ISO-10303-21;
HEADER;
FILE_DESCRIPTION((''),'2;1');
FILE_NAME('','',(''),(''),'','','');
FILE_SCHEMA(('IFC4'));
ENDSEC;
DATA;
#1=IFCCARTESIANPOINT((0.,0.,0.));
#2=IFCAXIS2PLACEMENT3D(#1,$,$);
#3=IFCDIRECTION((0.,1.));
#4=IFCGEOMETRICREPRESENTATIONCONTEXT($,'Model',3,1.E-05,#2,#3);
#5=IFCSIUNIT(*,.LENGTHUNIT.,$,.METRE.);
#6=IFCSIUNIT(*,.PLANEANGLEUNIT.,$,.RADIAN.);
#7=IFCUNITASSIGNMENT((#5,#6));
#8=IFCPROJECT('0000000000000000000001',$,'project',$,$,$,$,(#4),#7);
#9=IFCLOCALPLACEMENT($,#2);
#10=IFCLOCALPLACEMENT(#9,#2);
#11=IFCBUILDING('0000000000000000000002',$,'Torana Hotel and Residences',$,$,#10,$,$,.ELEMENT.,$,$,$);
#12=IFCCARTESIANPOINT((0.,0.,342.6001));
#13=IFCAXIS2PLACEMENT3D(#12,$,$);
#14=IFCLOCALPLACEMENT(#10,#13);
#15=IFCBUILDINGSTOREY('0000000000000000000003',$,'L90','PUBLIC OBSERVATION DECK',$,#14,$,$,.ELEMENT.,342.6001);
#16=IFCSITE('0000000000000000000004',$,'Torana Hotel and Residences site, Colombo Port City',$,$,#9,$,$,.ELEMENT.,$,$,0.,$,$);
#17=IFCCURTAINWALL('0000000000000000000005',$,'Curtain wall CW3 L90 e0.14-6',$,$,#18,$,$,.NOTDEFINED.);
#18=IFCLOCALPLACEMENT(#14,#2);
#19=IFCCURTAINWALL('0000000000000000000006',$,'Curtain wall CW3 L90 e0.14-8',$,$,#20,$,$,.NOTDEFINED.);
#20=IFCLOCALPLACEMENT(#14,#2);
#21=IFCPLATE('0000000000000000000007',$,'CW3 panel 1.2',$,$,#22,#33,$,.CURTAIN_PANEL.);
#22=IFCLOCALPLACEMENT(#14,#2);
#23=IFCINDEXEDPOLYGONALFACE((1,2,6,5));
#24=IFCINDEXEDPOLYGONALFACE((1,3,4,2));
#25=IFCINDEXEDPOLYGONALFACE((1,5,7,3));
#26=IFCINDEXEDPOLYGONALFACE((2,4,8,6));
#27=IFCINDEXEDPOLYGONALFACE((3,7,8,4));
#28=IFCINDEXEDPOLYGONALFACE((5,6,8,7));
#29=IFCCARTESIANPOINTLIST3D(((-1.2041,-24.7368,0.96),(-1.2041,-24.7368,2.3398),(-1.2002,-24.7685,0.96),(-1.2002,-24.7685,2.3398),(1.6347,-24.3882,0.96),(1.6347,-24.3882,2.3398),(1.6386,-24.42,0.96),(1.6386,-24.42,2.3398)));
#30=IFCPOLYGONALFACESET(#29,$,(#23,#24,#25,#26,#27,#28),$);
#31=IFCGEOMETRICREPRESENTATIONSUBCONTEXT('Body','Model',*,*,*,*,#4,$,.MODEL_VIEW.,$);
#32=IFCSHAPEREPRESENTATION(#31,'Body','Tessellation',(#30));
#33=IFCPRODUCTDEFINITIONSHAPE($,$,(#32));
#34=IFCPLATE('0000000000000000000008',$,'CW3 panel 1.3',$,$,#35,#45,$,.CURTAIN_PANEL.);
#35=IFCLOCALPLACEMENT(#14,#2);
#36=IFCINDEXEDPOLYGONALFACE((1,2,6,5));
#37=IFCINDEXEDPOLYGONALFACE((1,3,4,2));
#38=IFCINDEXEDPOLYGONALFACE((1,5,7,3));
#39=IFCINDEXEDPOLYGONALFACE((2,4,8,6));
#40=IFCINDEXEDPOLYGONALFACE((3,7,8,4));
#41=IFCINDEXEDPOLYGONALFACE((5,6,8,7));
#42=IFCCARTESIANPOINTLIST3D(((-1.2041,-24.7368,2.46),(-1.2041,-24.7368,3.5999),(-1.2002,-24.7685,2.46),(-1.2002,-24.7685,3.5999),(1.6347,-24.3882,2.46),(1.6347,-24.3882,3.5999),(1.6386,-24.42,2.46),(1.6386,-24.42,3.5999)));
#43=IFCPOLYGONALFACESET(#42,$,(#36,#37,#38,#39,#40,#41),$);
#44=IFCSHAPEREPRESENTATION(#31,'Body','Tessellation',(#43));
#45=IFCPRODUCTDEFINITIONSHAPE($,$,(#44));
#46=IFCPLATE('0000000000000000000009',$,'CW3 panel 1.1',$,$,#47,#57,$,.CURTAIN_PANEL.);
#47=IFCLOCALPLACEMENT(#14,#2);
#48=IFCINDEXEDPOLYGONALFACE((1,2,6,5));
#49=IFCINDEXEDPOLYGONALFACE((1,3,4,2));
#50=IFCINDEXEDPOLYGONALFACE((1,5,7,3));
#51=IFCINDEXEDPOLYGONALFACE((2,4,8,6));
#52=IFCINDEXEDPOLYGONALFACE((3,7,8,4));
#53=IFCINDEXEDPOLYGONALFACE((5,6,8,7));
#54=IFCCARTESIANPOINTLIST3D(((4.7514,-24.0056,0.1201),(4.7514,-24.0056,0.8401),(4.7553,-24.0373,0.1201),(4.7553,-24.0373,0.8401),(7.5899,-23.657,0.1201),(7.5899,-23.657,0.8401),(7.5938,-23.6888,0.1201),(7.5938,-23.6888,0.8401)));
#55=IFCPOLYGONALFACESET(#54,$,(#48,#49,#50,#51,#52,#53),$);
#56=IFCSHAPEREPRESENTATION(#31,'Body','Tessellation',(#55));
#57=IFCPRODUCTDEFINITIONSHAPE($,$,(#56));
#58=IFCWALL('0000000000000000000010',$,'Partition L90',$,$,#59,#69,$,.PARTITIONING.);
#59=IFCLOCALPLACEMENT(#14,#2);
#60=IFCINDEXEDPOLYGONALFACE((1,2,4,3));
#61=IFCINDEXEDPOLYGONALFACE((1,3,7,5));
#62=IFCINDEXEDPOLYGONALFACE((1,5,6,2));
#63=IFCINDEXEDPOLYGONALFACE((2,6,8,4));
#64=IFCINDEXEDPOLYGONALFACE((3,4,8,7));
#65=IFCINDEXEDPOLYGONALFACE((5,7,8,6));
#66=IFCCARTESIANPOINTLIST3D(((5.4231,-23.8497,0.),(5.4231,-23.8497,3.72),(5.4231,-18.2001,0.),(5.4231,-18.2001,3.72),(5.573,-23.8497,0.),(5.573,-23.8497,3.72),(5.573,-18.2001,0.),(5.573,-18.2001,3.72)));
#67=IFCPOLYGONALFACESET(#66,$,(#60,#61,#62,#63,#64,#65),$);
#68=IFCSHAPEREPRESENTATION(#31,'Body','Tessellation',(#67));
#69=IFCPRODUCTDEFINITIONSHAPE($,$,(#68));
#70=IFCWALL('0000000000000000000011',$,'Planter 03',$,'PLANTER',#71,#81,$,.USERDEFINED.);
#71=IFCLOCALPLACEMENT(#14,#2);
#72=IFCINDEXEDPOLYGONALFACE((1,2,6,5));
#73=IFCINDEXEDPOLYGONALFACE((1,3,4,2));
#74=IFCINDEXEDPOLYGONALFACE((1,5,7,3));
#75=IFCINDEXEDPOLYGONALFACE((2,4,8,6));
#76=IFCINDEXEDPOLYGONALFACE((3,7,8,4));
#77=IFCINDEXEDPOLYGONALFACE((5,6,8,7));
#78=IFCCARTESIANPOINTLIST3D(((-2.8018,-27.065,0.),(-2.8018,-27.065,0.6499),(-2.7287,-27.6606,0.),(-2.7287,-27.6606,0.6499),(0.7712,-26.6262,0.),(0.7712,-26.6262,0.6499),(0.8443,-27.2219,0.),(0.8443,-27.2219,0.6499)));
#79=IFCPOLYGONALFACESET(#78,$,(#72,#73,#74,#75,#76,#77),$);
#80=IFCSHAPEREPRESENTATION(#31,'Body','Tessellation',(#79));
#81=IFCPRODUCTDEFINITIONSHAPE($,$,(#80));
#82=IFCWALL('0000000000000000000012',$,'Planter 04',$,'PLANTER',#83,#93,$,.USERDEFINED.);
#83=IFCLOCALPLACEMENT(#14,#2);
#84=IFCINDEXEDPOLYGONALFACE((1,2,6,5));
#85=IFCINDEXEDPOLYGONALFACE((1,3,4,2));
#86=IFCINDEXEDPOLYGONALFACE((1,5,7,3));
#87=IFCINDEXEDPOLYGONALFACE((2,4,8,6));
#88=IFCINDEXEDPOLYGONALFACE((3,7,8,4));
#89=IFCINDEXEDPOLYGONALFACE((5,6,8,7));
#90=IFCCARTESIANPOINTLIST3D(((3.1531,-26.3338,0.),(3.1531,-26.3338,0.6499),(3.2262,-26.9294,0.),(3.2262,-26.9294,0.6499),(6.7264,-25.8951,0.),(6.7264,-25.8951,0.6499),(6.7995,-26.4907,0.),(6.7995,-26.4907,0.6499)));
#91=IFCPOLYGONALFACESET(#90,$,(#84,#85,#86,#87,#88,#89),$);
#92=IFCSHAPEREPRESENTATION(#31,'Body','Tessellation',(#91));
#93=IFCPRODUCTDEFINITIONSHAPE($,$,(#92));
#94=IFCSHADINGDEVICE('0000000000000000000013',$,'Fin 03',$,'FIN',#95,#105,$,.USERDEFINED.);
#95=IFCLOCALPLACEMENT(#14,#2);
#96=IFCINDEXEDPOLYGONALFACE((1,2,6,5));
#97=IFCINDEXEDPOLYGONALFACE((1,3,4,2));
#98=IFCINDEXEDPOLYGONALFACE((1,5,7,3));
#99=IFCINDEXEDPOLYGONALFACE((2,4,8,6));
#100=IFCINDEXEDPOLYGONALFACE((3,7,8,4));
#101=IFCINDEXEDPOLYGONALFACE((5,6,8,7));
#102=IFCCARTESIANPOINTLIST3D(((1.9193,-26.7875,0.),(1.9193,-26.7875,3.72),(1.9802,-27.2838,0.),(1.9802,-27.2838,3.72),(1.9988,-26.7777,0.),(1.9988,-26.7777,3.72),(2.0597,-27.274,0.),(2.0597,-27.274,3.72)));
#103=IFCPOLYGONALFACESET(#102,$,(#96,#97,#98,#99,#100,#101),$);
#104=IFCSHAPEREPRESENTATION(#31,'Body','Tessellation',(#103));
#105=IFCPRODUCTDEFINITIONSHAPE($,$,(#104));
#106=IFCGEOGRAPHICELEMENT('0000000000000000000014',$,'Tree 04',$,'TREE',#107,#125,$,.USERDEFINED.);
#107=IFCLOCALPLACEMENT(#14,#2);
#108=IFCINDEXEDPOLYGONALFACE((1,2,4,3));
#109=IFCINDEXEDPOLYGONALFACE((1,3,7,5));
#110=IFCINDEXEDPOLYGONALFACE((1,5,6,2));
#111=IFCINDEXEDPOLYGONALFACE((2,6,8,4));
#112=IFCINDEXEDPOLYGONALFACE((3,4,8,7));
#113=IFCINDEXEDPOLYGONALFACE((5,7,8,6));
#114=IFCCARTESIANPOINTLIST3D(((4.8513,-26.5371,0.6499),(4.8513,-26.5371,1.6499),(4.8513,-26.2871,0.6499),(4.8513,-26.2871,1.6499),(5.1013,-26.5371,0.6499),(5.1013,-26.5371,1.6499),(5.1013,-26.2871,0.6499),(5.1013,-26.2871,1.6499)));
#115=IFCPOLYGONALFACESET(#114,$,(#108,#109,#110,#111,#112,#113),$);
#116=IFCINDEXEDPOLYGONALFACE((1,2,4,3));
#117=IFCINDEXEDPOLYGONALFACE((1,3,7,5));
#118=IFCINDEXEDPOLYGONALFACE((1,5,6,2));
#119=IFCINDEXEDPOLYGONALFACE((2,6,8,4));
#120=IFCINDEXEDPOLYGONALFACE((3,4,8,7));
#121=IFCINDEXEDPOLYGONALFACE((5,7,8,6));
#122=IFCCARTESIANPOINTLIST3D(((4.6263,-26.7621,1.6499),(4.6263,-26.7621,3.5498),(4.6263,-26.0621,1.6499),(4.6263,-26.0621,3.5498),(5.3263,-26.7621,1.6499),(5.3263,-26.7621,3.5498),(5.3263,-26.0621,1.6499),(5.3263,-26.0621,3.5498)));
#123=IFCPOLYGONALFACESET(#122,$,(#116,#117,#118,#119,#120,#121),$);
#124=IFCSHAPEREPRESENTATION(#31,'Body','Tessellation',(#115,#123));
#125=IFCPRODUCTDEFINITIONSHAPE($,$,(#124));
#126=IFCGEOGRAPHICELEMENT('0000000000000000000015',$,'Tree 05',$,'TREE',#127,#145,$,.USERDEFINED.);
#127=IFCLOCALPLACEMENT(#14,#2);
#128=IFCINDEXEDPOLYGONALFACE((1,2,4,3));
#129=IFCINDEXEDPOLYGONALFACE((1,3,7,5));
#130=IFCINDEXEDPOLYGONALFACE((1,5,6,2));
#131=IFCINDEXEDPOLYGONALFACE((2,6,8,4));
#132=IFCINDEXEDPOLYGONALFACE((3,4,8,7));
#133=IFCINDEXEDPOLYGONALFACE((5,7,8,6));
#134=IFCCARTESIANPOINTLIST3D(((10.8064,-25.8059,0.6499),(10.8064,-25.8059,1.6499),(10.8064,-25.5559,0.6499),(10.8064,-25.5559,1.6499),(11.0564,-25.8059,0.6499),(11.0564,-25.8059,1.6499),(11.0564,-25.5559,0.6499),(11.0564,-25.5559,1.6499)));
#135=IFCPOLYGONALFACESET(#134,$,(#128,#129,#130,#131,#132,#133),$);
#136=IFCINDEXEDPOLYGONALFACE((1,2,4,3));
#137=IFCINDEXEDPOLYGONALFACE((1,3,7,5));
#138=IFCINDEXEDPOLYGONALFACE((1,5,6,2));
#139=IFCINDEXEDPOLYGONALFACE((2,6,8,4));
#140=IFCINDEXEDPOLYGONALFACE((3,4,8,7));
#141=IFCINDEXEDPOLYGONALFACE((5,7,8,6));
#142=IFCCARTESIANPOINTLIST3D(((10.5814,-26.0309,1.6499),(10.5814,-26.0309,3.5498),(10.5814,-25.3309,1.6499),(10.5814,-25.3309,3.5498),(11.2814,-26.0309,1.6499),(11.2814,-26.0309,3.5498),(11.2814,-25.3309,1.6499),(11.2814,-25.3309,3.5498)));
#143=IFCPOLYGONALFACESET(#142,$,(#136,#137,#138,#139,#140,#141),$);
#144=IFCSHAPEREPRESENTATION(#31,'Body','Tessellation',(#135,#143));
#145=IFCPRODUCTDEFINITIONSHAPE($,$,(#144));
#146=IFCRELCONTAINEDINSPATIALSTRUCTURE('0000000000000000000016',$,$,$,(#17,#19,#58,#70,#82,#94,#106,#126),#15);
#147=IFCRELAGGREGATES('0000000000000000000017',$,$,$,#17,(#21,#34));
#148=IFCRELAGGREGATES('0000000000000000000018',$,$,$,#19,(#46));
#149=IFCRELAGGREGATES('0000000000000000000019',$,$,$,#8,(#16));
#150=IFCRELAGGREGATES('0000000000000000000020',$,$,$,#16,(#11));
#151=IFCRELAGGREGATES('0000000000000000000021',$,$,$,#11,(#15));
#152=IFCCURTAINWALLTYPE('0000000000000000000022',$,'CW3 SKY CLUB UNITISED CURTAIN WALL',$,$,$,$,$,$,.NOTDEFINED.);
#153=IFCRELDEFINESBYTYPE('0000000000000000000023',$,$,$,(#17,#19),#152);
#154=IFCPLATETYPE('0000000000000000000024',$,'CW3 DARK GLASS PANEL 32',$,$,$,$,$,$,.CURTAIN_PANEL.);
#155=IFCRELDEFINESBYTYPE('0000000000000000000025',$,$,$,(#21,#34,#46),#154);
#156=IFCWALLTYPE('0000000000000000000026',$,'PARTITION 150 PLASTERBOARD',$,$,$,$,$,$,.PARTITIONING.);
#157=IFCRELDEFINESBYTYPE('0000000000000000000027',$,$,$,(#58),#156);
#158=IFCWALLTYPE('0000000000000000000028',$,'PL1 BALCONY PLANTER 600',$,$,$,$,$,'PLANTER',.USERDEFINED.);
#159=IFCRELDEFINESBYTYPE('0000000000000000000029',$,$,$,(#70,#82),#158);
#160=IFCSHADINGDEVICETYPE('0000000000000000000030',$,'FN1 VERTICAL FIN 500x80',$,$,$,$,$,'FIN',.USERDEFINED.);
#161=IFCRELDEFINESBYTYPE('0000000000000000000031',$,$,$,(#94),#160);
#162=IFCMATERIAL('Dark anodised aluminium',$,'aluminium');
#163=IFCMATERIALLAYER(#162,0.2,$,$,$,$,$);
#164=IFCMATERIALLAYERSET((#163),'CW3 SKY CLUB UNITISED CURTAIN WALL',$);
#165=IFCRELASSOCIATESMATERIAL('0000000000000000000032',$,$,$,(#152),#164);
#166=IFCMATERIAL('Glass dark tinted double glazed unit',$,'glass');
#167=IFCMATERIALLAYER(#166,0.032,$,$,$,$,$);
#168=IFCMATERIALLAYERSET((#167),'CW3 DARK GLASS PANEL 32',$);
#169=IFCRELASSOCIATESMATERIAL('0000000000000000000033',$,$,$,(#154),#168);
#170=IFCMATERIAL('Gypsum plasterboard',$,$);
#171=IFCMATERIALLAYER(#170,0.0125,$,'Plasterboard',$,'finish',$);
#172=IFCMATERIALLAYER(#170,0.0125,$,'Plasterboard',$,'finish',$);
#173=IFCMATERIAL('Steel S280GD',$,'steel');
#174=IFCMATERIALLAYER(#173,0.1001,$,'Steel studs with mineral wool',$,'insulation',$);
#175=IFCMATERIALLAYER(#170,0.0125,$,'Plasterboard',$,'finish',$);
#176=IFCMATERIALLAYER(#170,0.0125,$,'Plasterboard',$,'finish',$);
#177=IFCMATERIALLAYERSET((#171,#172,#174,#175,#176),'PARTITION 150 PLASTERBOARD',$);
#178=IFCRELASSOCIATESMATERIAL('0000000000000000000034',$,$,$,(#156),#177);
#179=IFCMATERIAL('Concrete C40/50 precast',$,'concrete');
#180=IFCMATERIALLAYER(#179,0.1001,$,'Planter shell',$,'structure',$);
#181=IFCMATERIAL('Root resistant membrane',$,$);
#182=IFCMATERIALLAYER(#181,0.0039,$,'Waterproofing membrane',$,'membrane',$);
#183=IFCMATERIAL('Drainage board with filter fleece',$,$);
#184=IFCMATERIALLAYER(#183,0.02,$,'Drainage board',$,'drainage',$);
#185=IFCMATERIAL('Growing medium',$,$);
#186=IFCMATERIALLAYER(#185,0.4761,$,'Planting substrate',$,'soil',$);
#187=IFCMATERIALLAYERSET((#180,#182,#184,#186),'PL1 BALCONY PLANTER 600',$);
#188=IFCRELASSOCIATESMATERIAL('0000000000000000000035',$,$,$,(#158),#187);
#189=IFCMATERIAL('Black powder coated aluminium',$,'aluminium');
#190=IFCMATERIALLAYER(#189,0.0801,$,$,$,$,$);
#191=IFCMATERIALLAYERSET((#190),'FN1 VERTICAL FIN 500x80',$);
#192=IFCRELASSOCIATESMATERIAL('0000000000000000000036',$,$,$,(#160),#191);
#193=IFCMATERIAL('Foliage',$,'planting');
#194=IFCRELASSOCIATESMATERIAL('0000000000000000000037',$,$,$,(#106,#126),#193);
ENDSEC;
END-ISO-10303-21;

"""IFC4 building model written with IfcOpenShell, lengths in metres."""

from ifc_helpers import new_model, si_unit, direction, frame, frame_2d, origin, origin_2d, place, context, subcontext, project, spatial, rectangle, extrude, material, layer, layer_set, type_object, element, aggregate, save


model = new_model("IFC4")

# Units and contexts
model_context = context("Model", 3, precision=1e-05, world=origin(), true_north=direction((0.0, 1.0)))
body_context = subcontext(model_context, "Body", "Model", "MODEL_VIEW")
ifc_project = project(units=[si_unit("LENGTHUNIT", "METRE"), si_unit("PLANEANGLEUNIT", "RADIAN")], contexts=[model_context])

# Site, building, storey
site_placement = place(None, origin())
site = spatial("IfcSite", under=ifc_project, at=site_placement, Name="Torana Hotel and Residences site, Colombo Port City", CompositionType="ELEMENT", RefElevation=0.0)
building_placement = place(site_placement, origin())
building = spatial("IfcBuilding", under=site, at=building_placement, Name="Torana Hotel and Residences", CompositionType="ELEMENT")
storey_placement = place(building_placement, frame((0.0, 0.0, 342.6001)))
storey = spatial("IfcBuildingStorey", under=building, at=storey_placement, Name="L90", Description="PUBLIC OBSERVATION DECK", CompositionType="ELEMENT", Elevation=342.6001)

# Curtain wall
ifc_material_1 = material(Name="Dark anodised aluminium", Category="aluminium")
ifc_layer_1 = layer(ifc_material_1, 0.2)
ifc_layer_set_1 = layer_set([ifc_layer_1], Name="CW3 SKY CLUB UNITISED CURTAIN WALL")
curtain_wall_type = type_object("IfcCurtainWallType", Name="CW3 SKY CLUB UNITISED CURTAIN WALL", PredefinedType="NOTDEFINED", material=ifc_layer_set_1)
curtain_wall_1_placement = place(storey_placement, origin())
curtain_wall_1 = element("IfcCurtainWall", 1, at=curtain_wall_1_placement, inside=storey, type_object=curtain_wall_type, Name="Curtain wall CW3 L90 e0.14-6", PredefinedType="NOTDEFINED")

# Curtain wall
curtain_wall_2_placement = place(storey_placement, origin())
curtain_wall_2 = element("IfcCurtainWall", 2, at=curtain_wall_2_placement, inside=storey, type_object=curtain_wall_type, Name="Curtain wall CW3 L90 e0.14-8", PredefinedType="NOTDEFINED")

# Plates
ifc_material_2 = material(Name="Glass dark tinted double glazed unit", Category="glass")
ifc_layer_2 = layer(ifc_material_2, 0.032)
ifc_layer_set_2 = layer_set([ifc_layer_2], Name="CW3 DARK GLASS PANEL 32")
plate_type = type_object("IfcPlateType", Name="CW3 DARK GLASS PANEL 32", PredefinedType="CURTAIN_PANEL", material=ifc_layer_set_2)
plate_1_placement = place(storey_placement, frame((0.2173, -24.5784, 0.96), z_axis=(0.0, 0.0, 1.0), x_axis=(0.992547, 0.121864, 0.0)))
plate_1 = element("IfcPlate", 3, at=plate_1_placement, type_object=plate_type, Name="CW3 panel 1.2", PredefinedType="CURTAIN_PANEL", context=body_context, shape_type="SweptSolid", body=[
    extrude(rectangle(XDim=2.8601, YDim=0.032, at=origin_2d()), origin(), (0.0, 0.0, 1.0), 1.3799),
])
plate_2_placement = place(storey_placement, frame((0.2173, -24.5784, 2.46), z_axis=(0.0, 0.0, 1.0), x_axis=(0.992547, 0.121864, 0.0)))
plate_2 = element("IfcPlate", 4, at=plate_2_placement, type_object=plate_type, Name="CW3 panel 1.3", PredefinedType="CURTAIN_PANEL", context=body_context, shape_type="SweptSolid", body=[
    extrude(rectangle(XDim=2.8601, YDim=0.032, at=origin_2d()), origin(), (0.0, 0.0, 1.0), 1.1399),
])
aggregate(curtain_wall_1, [plate_1, plate_2])
plate_3_placement = place(storey_placement, frame((6.1726, -23.8472, 0.1201), z_axis=(0.0, 0.0, 1.0), x_axis=(0.992546, 0.121868, 0.0)))
plate_3 = element("IfcPlate", 5, at=plate_3_placement, type_object=plate_type, Name="CW3 panel 1.1", PredefinedType="CURTAIN_PANEL", context=body_context, shape_type="SweptSolid", body=[
    extrude(rectangle(XDim=2.8599, YDim=0.032, at=origin_2d()), origin(), (0.0, 0.0, 1.0), 0.72),
])
aggregate(curtain_wall_2, [plate_3])

# Walls
ifc_material_3 = material(Name="Gypsum plasterboard")
ifc_layer_3 = layer(ifc_material_3, 0.0125, Name="Plasterboard", Category="finish")
ifc_layer_4 = layer(ifc_material_3, 0.0125, Name="Plasterboard", Category="finish")
ifc_material_4 = material(Name="Steel S280GD", Category="steel")
ifc_layer_5 = layer(ifc_material_4, 0.1001, Name="Steel studs with mineral wool", Category="insulation")
ifc_layer_6 = layer(ifc_material_3, 0.0125, Name="Plasterboard", Category="finish")
ifc_layer_7 = layer(ifc_material_3, 0.0125, Name="Plasterboard", Category="finish")
ifc_layer_set_3 = layer_set([ifc_layer_3, ifc_layer_4, ifc_layer_5, ifc_layer_6, ifc_layer_7], Name="PARTITION 150 PLASTERBOARD")
wall_type_1 = type_object("IfcWallType", Name="PARTITION 150 PLASTERBOARD", PredefinedType="PARTITIONING", material=ifc_layer_set_3)
wall_1_placement = place(storey_placement, frame((5.498, -23.8496, 0.0), z_axis=(0.0, 0.0, 1.0), x_axis=(0.0, 1.0, 0.0)))
element("IfcWall", 6, at=wall_1_placement, inside=storey, type_object=wall_type_1, Name="Partition L90", PredefinedType="PARTITIONING", context=body_context, shape_type="SweptSolid", body=[
    extrude(rectangle(XDim=5.6497, YDim=0.1499, at=frame_2d((2.8247, 0.0))), origin(), (0.0, 0.0, 1.0), 3.72),
])
ifc_material_5 = material(Name="Concrete C40/50 precast", Category="concrete")
ifc_layer_8 = layer(ifc_material_5, 0.1001, Name="Planter shell", Category="structure")
ifc_material_6 = material(Name="Root resistant membrane")
ifc_layer_9 = layer(ifc_material_6, 0.0039, Name="Waterproofing membrane", Category="membrane")
ifc_material_7 = material(Name="Drainage board with filter fleece")
ifc_layer_10 = layer(ifc_material_7, 0.02, Name="Drainage board", Category="drainage")
ifc_material_8 = material(Name="Growing medium")
ifc_layer_11 = layer(ifc_material_8, 0.4761, Name="Planting substrate", Category="soil")
ifc_layer_set_4 = layer_set([ifc_layer_8, ifc_layer_9, ifc_layer_10, ifc_layer_11], Name="PL1 BALCONY PLANTER 600")
wall_type_2 = type_object("IfcWallType", Name="PL1 BALCONY PLANTER 600", ElementType="PLANTER", PredefinedType="USERDEFINED", material=ifc_layer_set_4)
wall_2_placement = place(storey_placement, frame((0.8076, -26.9241, 0.0), z_axis=(0.0, 0.0, 1.0), x_axis=(-0.992546, -0.121873, 0.0)))
element("IfcWall", 7, at=wall_2_placement, inside=storey, type_object=wall_type_2, Name="Planter 03", ObjectType="PLANTER", PredefinedType="USERDEFINED", context=body_context, shape_type="SweptSolid", body=[
    extrude(rectangle(XDim=3.5999, YDim=0.6001, at=frame_2d((1.7998, 0.0))), origin(), (0.0, 0.0, 1.0), 0.6499),
])
wall_3_placement = place(storey_placement, frame((6.7629, -26.1929, 0.0), z_axis=(0.0, 0.0, 1.0), x_axis=(-0.992547, -0.121864, 0.0)))
element("IfcWall", 8, at=wall_3_placement, inside=storey, type_object=wall_type_2, Name="Planter 04", ObjectType="PLANTER", PredefinedType="USERDEFINED", context=body_context, shape_type="SweptSolid", body=[
    extrude(rectangle(XDim=3.6001, YDim=0.6001, at=frame_2d((1.8, 0.0))), origin(), (0.0, 0.0, 1.0), 0.6499),
])

# Shading device
ifc_material_9 = material(Name="Black powder coated aluminium", Category="aluminium")
ifc_layer_12 = layer(ifc_material_9, 0.0801)
ifc_layer_set_5 = layer_set([ifc_layer_12], Name="FN1 VERTICAL FIN 500x80")
shading_device_type = type_object("IfcShadingDeviceType", Name="FN1 VERTICAL FIN 500x80", ElementType="FIN", PredefinedType="USERDEFINED", material=ifc_layer_set_5)
shading_device_placement = place(storey_placement, frame((1.9895, -27.0308, 0.0), z_axis=(0.0, 0.0, 1.0), x_axis=(-0.992547, -0.121866, 0.0)))
element("IfcShadingDevice", 9, at=shading_device_placement, inside=storey, type_object=shading_device_type, Name="Fin 03", ObjectType="FIN", PredefinedType="USERDEFINED", context=body_context, shape_type="SweptSolid", body=[
    extrude(rectangle(XDim=0.0801, YDim=0.5, at=origin_2d()), origin(), (0.0, 0.0, 1.0), 3.72),
])

# Geographic elements
ifc_material_10 = material(Name="Foliage", Category="planting")
for number, where, z_axis, x_axis, name in (
    (10, (4.9763, -26.4121, 0.6499), (0.0, 0.0, 1.0), (1.0, 0.0, 0.0), "Tree 04"),
    (11, (10.9314, -25.6809, 0.6499), (0.0, 0.0, 1.0), (1.0, 0.0, 0.0), "Tree 05"),
):
    element("IfcGeographicElement", number, at=place(storey_placement, frame(where, z_axis=z_axis, x_axis=x_axis)), inside=storey, material=ifc_material_10, Name=name, ObjectType="TREE", PredefinedType="USERDEFINED", context=body_context, shape_type="SweptSolid", body=[
        extrude(rectangle(XDim=0.25, YDim=0.25, at=origin_2d()), origin(), (0.0, 0.0, 1.0), 1.0),
        extrude(rectangle(XDim=0.7, YDim=0.7, at=origin_2d()), frame((0.0, 0.0, 1.0)), (0.0, 0.0, 1.0), 1.8999),
    ])

save(model, "model.ifc")
